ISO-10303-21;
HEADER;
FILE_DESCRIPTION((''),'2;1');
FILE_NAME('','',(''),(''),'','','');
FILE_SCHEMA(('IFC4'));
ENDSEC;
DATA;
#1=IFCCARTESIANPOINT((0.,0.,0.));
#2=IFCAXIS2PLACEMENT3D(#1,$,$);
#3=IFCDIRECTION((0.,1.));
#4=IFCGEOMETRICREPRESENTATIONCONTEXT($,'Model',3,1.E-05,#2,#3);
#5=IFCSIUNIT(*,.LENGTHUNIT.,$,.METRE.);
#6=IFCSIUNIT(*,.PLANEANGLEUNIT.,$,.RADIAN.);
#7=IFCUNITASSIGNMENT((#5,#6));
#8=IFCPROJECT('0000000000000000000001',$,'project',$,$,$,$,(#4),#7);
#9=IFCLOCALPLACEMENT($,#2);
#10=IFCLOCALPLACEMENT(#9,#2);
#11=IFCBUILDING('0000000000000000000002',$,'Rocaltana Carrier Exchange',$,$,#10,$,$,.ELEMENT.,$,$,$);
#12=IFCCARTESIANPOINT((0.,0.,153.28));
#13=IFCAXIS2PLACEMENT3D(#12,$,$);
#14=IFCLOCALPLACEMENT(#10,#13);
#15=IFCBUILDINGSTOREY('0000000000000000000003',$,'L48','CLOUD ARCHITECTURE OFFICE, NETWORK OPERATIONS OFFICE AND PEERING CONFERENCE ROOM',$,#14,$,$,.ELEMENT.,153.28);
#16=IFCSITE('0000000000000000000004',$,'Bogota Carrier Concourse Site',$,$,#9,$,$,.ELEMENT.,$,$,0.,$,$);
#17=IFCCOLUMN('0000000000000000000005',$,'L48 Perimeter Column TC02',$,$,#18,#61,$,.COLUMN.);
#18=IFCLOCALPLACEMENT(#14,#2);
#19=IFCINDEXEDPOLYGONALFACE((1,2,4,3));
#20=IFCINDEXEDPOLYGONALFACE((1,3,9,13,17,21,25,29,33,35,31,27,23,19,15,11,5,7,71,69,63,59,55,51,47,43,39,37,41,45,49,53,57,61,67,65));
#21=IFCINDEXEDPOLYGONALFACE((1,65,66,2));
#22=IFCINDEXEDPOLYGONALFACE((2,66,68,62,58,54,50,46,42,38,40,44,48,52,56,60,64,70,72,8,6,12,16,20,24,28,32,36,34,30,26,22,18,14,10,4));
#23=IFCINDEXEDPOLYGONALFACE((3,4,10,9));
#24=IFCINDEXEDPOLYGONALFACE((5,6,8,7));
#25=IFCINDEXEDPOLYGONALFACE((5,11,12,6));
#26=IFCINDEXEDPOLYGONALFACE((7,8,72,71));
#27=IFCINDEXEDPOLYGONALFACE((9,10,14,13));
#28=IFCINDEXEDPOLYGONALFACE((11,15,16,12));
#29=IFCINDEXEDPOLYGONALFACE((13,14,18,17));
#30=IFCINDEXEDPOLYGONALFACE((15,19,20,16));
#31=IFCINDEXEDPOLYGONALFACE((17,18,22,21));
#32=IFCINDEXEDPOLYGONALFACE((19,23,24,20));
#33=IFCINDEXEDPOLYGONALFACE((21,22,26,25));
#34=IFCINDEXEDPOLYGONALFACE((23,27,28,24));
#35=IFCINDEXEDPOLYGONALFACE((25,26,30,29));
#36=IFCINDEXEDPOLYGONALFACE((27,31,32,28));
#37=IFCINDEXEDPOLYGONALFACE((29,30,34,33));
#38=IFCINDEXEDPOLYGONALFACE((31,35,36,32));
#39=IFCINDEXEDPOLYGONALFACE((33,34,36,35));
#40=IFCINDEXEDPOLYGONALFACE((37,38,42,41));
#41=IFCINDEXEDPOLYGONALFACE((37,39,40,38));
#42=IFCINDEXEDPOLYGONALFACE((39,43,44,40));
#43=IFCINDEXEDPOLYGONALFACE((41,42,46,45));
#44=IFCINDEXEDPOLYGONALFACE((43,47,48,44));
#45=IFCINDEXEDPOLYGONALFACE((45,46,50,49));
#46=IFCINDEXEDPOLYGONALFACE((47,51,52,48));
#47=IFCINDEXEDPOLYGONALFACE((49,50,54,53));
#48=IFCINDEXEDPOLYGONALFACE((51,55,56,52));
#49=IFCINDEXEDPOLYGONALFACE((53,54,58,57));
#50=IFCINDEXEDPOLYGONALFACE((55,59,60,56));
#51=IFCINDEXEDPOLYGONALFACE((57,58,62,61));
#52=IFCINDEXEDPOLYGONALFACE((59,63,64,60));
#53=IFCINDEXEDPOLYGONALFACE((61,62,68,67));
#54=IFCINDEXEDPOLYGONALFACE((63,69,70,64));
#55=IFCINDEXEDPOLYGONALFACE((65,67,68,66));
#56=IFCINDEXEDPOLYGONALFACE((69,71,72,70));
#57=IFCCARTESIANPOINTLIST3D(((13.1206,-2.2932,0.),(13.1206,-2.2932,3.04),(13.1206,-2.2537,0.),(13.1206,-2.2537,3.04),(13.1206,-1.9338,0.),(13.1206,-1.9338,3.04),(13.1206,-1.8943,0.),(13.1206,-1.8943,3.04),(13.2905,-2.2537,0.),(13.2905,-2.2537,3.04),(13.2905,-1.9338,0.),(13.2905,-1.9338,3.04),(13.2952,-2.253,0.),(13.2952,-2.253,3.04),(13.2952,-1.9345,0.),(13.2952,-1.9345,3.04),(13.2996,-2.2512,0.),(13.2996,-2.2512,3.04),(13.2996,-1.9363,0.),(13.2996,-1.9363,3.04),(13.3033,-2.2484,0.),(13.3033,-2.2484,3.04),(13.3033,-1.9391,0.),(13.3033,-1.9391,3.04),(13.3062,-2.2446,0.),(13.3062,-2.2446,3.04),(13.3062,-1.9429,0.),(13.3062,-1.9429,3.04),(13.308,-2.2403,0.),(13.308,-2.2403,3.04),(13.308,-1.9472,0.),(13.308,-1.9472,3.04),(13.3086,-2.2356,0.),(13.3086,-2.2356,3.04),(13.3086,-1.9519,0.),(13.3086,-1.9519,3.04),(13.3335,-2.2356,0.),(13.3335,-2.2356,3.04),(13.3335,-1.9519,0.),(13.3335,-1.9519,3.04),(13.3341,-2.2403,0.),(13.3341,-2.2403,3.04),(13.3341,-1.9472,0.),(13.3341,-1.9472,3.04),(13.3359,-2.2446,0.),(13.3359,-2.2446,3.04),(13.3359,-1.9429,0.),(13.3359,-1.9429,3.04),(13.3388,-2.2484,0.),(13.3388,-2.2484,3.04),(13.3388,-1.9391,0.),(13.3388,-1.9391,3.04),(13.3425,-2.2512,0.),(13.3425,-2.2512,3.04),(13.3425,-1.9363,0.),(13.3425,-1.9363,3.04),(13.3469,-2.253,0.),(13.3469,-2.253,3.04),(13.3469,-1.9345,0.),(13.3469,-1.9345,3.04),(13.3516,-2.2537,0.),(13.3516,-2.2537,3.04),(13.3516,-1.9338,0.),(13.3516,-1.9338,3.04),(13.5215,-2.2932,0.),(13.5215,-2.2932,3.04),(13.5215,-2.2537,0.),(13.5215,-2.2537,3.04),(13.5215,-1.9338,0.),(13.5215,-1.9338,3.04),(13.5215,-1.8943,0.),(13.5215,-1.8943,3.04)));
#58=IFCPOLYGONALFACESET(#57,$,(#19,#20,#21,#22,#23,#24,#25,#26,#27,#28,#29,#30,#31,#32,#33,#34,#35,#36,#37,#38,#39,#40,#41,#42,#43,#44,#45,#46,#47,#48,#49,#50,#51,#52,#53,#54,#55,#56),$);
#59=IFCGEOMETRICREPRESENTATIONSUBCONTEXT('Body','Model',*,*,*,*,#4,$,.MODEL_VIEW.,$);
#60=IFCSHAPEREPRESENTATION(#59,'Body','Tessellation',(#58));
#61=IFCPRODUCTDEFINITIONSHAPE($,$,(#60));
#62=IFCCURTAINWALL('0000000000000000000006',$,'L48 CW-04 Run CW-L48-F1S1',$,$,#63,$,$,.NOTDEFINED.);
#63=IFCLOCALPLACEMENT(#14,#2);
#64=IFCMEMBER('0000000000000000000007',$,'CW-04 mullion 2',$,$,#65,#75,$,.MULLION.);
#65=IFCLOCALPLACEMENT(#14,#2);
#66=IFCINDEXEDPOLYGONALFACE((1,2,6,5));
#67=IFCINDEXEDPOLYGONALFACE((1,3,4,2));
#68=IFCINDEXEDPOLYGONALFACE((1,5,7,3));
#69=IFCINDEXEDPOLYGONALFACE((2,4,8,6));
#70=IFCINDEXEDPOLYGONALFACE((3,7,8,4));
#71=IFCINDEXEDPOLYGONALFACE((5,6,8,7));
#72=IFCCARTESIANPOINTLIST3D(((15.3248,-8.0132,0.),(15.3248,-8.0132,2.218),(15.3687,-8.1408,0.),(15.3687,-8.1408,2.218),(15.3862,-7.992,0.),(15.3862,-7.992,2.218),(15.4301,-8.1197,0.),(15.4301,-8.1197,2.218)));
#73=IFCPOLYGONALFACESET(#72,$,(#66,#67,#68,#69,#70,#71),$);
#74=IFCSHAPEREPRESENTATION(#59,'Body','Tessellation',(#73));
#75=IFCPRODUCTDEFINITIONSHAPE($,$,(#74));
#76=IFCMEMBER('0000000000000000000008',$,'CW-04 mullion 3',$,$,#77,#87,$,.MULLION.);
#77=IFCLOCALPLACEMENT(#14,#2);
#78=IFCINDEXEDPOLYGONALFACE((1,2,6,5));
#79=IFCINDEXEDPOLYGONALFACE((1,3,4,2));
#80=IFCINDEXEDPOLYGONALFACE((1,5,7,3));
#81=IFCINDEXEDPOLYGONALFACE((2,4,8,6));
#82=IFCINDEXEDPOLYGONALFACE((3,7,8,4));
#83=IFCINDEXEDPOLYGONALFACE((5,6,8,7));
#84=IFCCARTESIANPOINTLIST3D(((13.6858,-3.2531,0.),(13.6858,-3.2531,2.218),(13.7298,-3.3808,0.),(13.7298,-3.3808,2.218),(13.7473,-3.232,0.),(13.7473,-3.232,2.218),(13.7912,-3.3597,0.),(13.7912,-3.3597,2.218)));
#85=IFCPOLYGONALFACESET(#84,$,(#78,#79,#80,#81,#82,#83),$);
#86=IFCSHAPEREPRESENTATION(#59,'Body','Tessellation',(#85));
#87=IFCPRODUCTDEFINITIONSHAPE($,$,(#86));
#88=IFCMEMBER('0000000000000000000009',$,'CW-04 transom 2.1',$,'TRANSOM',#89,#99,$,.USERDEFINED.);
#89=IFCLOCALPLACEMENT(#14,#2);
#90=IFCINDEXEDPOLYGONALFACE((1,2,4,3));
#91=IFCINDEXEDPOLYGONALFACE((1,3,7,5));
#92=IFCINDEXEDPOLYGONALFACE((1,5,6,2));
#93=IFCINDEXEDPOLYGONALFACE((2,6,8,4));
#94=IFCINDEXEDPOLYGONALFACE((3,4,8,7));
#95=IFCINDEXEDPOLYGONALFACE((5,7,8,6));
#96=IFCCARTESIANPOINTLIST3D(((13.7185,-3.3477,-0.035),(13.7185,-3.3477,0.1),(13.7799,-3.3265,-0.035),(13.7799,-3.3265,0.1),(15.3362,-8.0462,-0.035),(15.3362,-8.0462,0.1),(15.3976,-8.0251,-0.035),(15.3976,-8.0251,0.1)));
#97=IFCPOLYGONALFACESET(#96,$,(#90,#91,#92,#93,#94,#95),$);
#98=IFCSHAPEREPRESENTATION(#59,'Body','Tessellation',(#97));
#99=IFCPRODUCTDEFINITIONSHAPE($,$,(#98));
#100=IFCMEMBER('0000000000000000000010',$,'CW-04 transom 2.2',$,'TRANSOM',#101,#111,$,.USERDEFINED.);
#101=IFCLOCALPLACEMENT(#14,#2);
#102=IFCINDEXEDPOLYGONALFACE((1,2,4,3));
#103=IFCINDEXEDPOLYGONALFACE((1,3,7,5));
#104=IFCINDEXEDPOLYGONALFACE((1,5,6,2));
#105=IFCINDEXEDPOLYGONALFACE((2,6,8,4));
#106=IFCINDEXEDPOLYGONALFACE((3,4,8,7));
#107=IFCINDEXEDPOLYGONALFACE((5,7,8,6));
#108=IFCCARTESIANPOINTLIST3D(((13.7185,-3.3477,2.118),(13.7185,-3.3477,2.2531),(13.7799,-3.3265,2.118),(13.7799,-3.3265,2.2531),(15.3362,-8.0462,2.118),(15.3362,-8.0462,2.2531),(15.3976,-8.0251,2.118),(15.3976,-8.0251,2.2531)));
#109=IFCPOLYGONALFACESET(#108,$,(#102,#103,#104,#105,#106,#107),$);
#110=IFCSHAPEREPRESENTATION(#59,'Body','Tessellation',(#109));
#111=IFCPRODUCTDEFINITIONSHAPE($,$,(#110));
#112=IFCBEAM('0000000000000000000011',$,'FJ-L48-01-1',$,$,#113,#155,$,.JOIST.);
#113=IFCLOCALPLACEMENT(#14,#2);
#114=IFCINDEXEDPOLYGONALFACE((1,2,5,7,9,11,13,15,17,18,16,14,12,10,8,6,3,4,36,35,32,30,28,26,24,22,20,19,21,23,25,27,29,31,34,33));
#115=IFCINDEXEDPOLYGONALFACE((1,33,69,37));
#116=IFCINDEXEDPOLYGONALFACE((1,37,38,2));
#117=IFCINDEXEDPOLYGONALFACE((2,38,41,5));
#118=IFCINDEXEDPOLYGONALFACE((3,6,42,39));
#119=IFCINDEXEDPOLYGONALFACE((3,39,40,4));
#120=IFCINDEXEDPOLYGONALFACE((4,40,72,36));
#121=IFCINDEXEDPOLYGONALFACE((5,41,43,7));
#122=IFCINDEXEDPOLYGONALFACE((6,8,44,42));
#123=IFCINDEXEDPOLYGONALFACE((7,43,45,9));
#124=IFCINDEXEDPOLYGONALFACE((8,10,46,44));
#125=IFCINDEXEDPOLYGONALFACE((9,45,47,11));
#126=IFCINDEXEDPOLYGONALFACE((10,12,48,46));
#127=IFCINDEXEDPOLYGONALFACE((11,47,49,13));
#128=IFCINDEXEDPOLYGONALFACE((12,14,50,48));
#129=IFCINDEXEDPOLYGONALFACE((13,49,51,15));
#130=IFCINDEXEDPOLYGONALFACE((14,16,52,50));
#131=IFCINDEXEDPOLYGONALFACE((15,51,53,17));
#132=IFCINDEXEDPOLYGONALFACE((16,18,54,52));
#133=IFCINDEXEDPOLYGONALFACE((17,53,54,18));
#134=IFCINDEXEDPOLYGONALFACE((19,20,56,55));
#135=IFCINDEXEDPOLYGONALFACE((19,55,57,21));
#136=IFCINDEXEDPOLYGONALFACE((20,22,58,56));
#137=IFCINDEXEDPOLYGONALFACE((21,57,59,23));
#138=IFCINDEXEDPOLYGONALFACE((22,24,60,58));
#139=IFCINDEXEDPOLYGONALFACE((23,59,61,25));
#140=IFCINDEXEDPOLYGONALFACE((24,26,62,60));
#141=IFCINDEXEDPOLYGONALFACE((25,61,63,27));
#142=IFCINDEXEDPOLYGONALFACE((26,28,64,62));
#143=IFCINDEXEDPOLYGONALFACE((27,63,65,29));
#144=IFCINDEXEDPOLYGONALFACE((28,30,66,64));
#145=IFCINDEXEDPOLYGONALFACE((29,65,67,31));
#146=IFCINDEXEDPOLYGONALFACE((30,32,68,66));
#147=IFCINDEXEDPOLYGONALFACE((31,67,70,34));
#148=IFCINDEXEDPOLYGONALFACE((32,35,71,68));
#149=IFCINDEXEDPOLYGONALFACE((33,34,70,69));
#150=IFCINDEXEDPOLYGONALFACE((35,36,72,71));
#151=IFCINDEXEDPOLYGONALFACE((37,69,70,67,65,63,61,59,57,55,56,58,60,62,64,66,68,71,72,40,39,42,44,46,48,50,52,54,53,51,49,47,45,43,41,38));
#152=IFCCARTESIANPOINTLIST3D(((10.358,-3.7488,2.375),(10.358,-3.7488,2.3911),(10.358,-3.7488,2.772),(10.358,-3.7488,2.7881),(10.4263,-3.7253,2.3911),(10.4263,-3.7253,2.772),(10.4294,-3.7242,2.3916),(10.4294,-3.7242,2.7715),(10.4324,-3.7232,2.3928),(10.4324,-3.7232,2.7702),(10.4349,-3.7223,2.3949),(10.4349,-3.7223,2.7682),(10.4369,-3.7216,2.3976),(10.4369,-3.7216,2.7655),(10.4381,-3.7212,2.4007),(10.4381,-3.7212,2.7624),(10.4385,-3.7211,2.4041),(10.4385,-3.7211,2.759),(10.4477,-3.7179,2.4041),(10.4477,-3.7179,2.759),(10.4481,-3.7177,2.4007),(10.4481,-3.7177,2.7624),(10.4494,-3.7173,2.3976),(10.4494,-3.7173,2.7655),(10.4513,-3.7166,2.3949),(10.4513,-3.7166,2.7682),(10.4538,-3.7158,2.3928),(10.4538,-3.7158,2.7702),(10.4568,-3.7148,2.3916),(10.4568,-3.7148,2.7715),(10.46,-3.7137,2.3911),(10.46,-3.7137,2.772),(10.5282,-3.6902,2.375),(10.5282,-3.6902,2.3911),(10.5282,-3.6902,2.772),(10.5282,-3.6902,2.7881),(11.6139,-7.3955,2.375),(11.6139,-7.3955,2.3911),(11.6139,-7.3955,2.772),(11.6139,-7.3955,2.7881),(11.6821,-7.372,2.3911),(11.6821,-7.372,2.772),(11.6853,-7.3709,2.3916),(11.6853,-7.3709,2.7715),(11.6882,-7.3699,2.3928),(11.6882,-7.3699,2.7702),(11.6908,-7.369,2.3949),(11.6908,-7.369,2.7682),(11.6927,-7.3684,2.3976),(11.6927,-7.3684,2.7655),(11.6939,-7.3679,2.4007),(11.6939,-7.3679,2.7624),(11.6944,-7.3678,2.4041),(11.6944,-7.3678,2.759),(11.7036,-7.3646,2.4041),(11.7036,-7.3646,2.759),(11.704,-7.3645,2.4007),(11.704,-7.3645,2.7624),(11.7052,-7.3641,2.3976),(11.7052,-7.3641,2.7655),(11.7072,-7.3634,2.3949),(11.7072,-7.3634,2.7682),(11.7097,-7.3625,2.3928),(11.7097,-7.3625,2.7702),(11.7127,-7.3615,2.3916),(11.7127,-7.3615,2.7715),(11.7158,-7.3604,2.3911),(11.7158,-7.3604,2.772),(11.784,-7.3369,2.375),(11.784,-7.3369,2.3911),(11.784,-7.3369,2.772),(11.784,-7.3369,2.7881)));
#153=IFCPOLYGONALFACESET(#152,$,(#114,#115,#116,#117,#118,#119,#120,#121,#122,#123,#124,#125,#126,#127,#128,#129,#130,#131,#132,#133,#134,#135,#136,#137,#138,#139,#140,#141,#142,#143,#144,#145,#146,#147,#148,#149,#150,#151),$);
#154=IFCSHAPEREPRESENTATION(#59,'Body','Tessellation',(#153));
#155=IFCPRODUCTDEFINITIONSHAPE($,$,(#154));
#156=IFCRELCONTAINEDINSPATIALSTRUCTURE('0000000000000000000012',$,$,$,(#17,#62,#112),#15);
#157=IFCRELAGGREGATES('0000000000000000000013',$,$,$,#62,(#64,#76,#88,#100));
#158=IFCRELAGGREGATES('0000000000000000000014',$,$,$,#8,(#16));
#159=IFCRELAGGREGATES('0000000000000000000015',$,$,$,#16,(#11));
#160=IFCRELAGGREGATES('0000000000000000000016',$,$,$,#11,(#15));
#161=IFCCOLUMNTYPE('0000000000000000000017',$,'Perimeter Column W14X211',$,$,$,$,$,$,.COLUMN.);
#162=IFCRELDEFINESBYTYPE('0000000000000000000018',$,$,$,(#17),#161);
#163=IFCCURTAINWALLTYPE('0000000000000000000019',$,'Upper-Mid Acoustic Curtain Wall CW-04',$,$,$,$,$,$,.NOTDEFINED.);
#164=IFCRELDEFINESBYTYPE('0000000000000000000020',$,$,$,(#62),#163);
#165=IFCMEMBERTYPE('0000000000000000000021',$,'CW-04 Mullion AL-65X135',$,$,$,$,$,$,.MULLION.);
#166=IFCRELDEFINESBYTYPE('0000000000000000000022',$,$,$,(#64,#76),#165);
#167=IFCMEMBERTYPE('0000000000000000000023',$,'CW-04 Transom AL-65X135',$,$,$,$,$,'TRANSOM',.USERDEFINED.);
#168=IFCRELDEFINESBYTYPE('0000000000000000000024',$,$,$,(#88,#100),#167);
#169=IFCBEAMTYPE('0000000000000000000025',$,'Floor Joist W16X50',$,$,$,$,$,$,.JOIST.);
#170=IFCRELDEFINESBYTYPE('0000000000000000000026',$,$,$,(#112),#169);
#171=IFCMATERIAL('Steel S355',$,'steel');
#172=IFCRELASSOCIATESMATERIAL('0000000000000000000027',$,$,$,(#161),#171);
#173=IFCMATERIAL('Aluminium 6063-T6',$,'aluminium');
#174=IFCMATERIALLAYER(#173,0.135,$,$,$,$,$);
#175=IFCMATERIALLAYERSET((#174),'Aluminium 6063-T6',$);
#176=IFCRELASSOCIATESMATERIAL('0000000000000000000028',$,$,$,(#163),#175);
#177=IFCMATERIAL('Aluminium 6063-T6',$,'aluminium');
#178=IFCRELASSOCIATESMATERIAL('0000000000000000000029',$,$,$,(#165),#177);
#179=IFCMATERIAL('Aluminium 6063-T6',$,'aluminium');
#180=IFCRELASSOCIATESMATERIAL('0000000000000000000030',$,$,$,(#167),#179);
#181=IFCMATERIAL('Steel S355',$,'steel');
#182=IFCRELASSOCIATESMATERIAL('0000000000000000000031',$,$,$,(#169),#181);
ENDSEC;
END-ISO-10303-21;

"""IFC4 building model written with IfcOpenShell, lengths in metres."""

from ifc_helpers import new_model, si_unit, direction, frame, origin, origin_2d, place, context, subcontext, project, spatial, rectangle, i_section, extrude, material, layer, layer_set, material_profile, profile_set, type_object, element, aggregate, save


model = new_model("IFC4")

# Units and contexts
model_context = context("Model", 3, precision=1e-05, world=origin(), true_north=direction((0.0, 1.0)))
body_context = subcontext(model_context, "Body", "Model", "MODEL_VIEW")
ifc_project = project(units=[si_unit("LENGTHUNIT", "METRE"), si_unit("PLANEANGLEUNIT", "RADIAN")], contexts=[model_context])

# Site, building, storey
site_placement = place(None, origin())
site = spatial("IfcSite", under=ifc_project, at=site_placement, Name="Bogota Carrier Concourse Site", CompositionType="ELEMENT", RefElevation=0.0)
building_placement = place(site_placement, origin())
building = spatial("IfcBuilding", under=site, at=building_placement, Name="Rocaltana Carrier Exchange", CompositionType="ELEMENT")
storey_placement = place(building_placement, frame((0.0, 0.0, 153.28)))
storey = spatial("IfcBuildingStorey", under=building, at=storey_placement, Name="L48", Description="CLOUD ARCHITECTURE OFFICE, NETWORK OPERATIONS OFFICE AND PEERING CONFERENCE ROOM", CompositionType="ELEMENT", Elevation=153.28)

# Column
ifc_material_1 = material(Name="Steel S355", Category="steel")
ifc_material_profile_1 = material_profile(ifc_material_1, i_section(OverallWidth=0.4009, OverallDepth=0.3989, WebThickness=0.0249, FlangeThickness=0.0396, FilletRadius=0.0181, at=origin_2d()), Name="W14X211")
ifc_profile_set_1 = profile_set([ifc_material_profile_1], Name="Steel S355")
column_type = type_object("IfcColumnType", Name="Perimeter Column W14X211", PredefinedType="COLUMN", material=ifc_profile_set_1)
column_placement = place(storey_placement, frame((13.321, -2.0938, 0.0), z_axis=(0.0, 0.0, 1.0), x_axis=(1.0, 0.0, 0.0)))
element("IfcColumn", 1, at=column_placement, inside=storey, type_object=column_type, Name="L48 Perimeter Column TC02", PredefinedType="COLUMN", context=body_context, shape_type="SweptSolid", body=[
    extrude(i_section(OverallWidth=0.4009, OverallDepth=0.3989, WebThickness=0.0249, FlangeThickness=0.0396, FilletRadius=0.0181, at=origin_2d()), origin(), (0.0, 0.0, 1.0), 3.04),
])

# Curtain wall, members
ifc_material_2 = material(Name="Aluminium 6063-T6", Category="aluminium")
ifc_layer_1 = layer(ifc_material_2, 0.135)
ifc_layer_set_1 = layer_set([ifc_layer_1], Name="Aluminium 6063-T6")
curtain_wall_type = type_object("IfcCurtainWallType", Name="Upper-Mid Acoustic Curtain Wall CW-04", PredefinedType="NOTDEFINED", material=ifc_layer_set_1)
curtain_wall_placement = place(storey_placement, origin())
curtain_wall = element("IfcCurtainWall", 2, at=curtain_wall_placement, inside=storey, type_object=curtain_wall_type, Name="L48 CW-04 Run CW-L48-F1S1", PredefinedType="NOTDEFINED")
ifc_material_3 = material(Name="Aluminium 6063-T6", Category="aluminium")
ifc_material_profile_2 = material_profile(ifc_material_3, rectangle(XDim=0.0649, YDim=0.135, at=origin_2d()), Name="AL-65X135")
ifc_profile_set_2 = profile_set([ifc_material_profile_2], Name="Aluminium 6063-T6")
member_type_1 = type_object("IfcMemberType", Name="CW-04 Mullion AL-65X135", PredefinedType="MULLION", material=ifc_profile_set_2)
member_1_placement = place(storey_placement, frame((15.3774, -8.0664, 0.0), z_axis=(0.0, 0.0, 1.0), x_axis=(-0.945522, -0.325559, 0.0)))
member_1 = element("IfcMember", 3, at=member_1_placement, type_object=member_type_1, Name="CW-04 mullion 2", PredefinedType="MULLION", context=body_context, shape_type="SweptSolid", body=[
    extrude(rectangle(XDim=0.0649, YDim=0.135, at=origin_2d()), origin(), (0.0, 0.0, 1.0), 2.218),
])
member_2_placement = place(storey_placement, frame((13.7385, -3.3064, 0.0), z_axis=(0.0, 0.0, 1.0), x_axis=(-0.945522, -0.325559, 0.0)))
member_2 = element("IfcMember", 4, at=member_2_placement, type_object=member_type_1, Name="CW-04 mullion 3", PredefinedType="MULLION", context=body_context, shape_type="SweptSolid", body=[
    extrude(rectangle(XDim=0.0649, YDim=0.135, at=origin_2d()), origin(), (0.0, 0.0, 1.0), 2.218),
])
ifc_material_4 = material(Name="Aluminium 6063-T6", Category="aluminium")
ifc_material_profile_3 = material_profile(ifc_material_4, rectangle(XDim=0.0649, YDim=0.135, at=origin_2d()), Name="AL-65X135")
ifc_profile_set_3 = profile_set([ifc_material_profile_3], Name="Aluminium 6063-T6")
member_type_2 = type_object("IfcMemberType", Name="CW-04 Transom AL-65X135", ElementType="TRANSOM", PredefinedType="USERDEFINED", material=ifc_profile_set_3)
member_3_placement = place(storey_placement, frame((15.3669, -8.0356, 0.0325), z_axis=(-0.325542, 0.945527, 0.0), x_axis=(-0.945527, -0.325542, 0.0)))
member_3 = element("IfcMember", 5, at=member_3_placement, type_object=member_type_2, Name="CW-04 transom 2.1", ObjectType="TRANSOM", PredefinedType="USERDEFINED", context=body_context, shape_type="SweptSolid", body=[
    extrude(rectangle(XDim=0.0649, YDim=0.135, at=origin_2d()), origin(), (0.0, 0.0, 1.0), 4.9692),
])
member_4_placement = place(storey_placement, frame((15.3669, -8.0356, 2.1855), z_axis=(-0.325542, 0.945527, 0.0), x_axis=(-0.945527, -0.325542, 0.0)))
member_4 = element("IfcMember", 6, at=member_4_placement, type_object=member_type_2, Name="CW-04 transom 2.2", ObjectType="TRANSOM", PredefinedType="USERDEFINED", context=body_context, shape_type="SweptSolid", body=[
    extrude(rectangle(XDim=0.0649, YDim=0.135, at=origin_2d()), origin(), (0.0, 0.0, 1.0), 4.9692),
])

# Beam
ifc_material_5 = material(Name="Steel S355", Category="steel")
ifc_material_profile_4 = material_profile(ifc_material_5, i_section(OverallWidth=0.1799, OverallDepth=0.4131, WebThickness=0.0098, FlangeThickness=0.0161, FilletRadius=0.0129, at=origin_2d()), Name="W16X50")
ifc_profile_set_4 = profile_set([ifc_material_profile_4], Name="Steel S355")
beam_type_1 = type_object("IfcBeamType", Name="Floor Joist W16X50", PredefinedType="JOIST", material=ifc_profile_set_4)
beam_1_placement = place(storey_placement, frame((11.699, -7.3662, 2.5815), z_axis=(-0.325612, 0.945503, 0.0), x_axis=(-0.945503, -0.325612, 0.0)))
element("IfcBeam", 7, at=beam_1_placement, inside=storey, type_object=beam_type_1, Name="FJ-L48-01-1", PredefinedType="JOIST", context=body_context, shape_type="SweptSolid", body=[
    extrude(i_section(OverallWidth=0.1799, OverallDepth=0.4131, WebThickness=0.0098, FlangeThickness=0.0161, FilletRadius=0.0129, at=origin_2d()), origin(), (0.0, 0.0, 1.0), 3.8569),
])

aggregate(curtain_wall, [member_1, member_2, member_3, member_4])

save(model, "model.ifc")
